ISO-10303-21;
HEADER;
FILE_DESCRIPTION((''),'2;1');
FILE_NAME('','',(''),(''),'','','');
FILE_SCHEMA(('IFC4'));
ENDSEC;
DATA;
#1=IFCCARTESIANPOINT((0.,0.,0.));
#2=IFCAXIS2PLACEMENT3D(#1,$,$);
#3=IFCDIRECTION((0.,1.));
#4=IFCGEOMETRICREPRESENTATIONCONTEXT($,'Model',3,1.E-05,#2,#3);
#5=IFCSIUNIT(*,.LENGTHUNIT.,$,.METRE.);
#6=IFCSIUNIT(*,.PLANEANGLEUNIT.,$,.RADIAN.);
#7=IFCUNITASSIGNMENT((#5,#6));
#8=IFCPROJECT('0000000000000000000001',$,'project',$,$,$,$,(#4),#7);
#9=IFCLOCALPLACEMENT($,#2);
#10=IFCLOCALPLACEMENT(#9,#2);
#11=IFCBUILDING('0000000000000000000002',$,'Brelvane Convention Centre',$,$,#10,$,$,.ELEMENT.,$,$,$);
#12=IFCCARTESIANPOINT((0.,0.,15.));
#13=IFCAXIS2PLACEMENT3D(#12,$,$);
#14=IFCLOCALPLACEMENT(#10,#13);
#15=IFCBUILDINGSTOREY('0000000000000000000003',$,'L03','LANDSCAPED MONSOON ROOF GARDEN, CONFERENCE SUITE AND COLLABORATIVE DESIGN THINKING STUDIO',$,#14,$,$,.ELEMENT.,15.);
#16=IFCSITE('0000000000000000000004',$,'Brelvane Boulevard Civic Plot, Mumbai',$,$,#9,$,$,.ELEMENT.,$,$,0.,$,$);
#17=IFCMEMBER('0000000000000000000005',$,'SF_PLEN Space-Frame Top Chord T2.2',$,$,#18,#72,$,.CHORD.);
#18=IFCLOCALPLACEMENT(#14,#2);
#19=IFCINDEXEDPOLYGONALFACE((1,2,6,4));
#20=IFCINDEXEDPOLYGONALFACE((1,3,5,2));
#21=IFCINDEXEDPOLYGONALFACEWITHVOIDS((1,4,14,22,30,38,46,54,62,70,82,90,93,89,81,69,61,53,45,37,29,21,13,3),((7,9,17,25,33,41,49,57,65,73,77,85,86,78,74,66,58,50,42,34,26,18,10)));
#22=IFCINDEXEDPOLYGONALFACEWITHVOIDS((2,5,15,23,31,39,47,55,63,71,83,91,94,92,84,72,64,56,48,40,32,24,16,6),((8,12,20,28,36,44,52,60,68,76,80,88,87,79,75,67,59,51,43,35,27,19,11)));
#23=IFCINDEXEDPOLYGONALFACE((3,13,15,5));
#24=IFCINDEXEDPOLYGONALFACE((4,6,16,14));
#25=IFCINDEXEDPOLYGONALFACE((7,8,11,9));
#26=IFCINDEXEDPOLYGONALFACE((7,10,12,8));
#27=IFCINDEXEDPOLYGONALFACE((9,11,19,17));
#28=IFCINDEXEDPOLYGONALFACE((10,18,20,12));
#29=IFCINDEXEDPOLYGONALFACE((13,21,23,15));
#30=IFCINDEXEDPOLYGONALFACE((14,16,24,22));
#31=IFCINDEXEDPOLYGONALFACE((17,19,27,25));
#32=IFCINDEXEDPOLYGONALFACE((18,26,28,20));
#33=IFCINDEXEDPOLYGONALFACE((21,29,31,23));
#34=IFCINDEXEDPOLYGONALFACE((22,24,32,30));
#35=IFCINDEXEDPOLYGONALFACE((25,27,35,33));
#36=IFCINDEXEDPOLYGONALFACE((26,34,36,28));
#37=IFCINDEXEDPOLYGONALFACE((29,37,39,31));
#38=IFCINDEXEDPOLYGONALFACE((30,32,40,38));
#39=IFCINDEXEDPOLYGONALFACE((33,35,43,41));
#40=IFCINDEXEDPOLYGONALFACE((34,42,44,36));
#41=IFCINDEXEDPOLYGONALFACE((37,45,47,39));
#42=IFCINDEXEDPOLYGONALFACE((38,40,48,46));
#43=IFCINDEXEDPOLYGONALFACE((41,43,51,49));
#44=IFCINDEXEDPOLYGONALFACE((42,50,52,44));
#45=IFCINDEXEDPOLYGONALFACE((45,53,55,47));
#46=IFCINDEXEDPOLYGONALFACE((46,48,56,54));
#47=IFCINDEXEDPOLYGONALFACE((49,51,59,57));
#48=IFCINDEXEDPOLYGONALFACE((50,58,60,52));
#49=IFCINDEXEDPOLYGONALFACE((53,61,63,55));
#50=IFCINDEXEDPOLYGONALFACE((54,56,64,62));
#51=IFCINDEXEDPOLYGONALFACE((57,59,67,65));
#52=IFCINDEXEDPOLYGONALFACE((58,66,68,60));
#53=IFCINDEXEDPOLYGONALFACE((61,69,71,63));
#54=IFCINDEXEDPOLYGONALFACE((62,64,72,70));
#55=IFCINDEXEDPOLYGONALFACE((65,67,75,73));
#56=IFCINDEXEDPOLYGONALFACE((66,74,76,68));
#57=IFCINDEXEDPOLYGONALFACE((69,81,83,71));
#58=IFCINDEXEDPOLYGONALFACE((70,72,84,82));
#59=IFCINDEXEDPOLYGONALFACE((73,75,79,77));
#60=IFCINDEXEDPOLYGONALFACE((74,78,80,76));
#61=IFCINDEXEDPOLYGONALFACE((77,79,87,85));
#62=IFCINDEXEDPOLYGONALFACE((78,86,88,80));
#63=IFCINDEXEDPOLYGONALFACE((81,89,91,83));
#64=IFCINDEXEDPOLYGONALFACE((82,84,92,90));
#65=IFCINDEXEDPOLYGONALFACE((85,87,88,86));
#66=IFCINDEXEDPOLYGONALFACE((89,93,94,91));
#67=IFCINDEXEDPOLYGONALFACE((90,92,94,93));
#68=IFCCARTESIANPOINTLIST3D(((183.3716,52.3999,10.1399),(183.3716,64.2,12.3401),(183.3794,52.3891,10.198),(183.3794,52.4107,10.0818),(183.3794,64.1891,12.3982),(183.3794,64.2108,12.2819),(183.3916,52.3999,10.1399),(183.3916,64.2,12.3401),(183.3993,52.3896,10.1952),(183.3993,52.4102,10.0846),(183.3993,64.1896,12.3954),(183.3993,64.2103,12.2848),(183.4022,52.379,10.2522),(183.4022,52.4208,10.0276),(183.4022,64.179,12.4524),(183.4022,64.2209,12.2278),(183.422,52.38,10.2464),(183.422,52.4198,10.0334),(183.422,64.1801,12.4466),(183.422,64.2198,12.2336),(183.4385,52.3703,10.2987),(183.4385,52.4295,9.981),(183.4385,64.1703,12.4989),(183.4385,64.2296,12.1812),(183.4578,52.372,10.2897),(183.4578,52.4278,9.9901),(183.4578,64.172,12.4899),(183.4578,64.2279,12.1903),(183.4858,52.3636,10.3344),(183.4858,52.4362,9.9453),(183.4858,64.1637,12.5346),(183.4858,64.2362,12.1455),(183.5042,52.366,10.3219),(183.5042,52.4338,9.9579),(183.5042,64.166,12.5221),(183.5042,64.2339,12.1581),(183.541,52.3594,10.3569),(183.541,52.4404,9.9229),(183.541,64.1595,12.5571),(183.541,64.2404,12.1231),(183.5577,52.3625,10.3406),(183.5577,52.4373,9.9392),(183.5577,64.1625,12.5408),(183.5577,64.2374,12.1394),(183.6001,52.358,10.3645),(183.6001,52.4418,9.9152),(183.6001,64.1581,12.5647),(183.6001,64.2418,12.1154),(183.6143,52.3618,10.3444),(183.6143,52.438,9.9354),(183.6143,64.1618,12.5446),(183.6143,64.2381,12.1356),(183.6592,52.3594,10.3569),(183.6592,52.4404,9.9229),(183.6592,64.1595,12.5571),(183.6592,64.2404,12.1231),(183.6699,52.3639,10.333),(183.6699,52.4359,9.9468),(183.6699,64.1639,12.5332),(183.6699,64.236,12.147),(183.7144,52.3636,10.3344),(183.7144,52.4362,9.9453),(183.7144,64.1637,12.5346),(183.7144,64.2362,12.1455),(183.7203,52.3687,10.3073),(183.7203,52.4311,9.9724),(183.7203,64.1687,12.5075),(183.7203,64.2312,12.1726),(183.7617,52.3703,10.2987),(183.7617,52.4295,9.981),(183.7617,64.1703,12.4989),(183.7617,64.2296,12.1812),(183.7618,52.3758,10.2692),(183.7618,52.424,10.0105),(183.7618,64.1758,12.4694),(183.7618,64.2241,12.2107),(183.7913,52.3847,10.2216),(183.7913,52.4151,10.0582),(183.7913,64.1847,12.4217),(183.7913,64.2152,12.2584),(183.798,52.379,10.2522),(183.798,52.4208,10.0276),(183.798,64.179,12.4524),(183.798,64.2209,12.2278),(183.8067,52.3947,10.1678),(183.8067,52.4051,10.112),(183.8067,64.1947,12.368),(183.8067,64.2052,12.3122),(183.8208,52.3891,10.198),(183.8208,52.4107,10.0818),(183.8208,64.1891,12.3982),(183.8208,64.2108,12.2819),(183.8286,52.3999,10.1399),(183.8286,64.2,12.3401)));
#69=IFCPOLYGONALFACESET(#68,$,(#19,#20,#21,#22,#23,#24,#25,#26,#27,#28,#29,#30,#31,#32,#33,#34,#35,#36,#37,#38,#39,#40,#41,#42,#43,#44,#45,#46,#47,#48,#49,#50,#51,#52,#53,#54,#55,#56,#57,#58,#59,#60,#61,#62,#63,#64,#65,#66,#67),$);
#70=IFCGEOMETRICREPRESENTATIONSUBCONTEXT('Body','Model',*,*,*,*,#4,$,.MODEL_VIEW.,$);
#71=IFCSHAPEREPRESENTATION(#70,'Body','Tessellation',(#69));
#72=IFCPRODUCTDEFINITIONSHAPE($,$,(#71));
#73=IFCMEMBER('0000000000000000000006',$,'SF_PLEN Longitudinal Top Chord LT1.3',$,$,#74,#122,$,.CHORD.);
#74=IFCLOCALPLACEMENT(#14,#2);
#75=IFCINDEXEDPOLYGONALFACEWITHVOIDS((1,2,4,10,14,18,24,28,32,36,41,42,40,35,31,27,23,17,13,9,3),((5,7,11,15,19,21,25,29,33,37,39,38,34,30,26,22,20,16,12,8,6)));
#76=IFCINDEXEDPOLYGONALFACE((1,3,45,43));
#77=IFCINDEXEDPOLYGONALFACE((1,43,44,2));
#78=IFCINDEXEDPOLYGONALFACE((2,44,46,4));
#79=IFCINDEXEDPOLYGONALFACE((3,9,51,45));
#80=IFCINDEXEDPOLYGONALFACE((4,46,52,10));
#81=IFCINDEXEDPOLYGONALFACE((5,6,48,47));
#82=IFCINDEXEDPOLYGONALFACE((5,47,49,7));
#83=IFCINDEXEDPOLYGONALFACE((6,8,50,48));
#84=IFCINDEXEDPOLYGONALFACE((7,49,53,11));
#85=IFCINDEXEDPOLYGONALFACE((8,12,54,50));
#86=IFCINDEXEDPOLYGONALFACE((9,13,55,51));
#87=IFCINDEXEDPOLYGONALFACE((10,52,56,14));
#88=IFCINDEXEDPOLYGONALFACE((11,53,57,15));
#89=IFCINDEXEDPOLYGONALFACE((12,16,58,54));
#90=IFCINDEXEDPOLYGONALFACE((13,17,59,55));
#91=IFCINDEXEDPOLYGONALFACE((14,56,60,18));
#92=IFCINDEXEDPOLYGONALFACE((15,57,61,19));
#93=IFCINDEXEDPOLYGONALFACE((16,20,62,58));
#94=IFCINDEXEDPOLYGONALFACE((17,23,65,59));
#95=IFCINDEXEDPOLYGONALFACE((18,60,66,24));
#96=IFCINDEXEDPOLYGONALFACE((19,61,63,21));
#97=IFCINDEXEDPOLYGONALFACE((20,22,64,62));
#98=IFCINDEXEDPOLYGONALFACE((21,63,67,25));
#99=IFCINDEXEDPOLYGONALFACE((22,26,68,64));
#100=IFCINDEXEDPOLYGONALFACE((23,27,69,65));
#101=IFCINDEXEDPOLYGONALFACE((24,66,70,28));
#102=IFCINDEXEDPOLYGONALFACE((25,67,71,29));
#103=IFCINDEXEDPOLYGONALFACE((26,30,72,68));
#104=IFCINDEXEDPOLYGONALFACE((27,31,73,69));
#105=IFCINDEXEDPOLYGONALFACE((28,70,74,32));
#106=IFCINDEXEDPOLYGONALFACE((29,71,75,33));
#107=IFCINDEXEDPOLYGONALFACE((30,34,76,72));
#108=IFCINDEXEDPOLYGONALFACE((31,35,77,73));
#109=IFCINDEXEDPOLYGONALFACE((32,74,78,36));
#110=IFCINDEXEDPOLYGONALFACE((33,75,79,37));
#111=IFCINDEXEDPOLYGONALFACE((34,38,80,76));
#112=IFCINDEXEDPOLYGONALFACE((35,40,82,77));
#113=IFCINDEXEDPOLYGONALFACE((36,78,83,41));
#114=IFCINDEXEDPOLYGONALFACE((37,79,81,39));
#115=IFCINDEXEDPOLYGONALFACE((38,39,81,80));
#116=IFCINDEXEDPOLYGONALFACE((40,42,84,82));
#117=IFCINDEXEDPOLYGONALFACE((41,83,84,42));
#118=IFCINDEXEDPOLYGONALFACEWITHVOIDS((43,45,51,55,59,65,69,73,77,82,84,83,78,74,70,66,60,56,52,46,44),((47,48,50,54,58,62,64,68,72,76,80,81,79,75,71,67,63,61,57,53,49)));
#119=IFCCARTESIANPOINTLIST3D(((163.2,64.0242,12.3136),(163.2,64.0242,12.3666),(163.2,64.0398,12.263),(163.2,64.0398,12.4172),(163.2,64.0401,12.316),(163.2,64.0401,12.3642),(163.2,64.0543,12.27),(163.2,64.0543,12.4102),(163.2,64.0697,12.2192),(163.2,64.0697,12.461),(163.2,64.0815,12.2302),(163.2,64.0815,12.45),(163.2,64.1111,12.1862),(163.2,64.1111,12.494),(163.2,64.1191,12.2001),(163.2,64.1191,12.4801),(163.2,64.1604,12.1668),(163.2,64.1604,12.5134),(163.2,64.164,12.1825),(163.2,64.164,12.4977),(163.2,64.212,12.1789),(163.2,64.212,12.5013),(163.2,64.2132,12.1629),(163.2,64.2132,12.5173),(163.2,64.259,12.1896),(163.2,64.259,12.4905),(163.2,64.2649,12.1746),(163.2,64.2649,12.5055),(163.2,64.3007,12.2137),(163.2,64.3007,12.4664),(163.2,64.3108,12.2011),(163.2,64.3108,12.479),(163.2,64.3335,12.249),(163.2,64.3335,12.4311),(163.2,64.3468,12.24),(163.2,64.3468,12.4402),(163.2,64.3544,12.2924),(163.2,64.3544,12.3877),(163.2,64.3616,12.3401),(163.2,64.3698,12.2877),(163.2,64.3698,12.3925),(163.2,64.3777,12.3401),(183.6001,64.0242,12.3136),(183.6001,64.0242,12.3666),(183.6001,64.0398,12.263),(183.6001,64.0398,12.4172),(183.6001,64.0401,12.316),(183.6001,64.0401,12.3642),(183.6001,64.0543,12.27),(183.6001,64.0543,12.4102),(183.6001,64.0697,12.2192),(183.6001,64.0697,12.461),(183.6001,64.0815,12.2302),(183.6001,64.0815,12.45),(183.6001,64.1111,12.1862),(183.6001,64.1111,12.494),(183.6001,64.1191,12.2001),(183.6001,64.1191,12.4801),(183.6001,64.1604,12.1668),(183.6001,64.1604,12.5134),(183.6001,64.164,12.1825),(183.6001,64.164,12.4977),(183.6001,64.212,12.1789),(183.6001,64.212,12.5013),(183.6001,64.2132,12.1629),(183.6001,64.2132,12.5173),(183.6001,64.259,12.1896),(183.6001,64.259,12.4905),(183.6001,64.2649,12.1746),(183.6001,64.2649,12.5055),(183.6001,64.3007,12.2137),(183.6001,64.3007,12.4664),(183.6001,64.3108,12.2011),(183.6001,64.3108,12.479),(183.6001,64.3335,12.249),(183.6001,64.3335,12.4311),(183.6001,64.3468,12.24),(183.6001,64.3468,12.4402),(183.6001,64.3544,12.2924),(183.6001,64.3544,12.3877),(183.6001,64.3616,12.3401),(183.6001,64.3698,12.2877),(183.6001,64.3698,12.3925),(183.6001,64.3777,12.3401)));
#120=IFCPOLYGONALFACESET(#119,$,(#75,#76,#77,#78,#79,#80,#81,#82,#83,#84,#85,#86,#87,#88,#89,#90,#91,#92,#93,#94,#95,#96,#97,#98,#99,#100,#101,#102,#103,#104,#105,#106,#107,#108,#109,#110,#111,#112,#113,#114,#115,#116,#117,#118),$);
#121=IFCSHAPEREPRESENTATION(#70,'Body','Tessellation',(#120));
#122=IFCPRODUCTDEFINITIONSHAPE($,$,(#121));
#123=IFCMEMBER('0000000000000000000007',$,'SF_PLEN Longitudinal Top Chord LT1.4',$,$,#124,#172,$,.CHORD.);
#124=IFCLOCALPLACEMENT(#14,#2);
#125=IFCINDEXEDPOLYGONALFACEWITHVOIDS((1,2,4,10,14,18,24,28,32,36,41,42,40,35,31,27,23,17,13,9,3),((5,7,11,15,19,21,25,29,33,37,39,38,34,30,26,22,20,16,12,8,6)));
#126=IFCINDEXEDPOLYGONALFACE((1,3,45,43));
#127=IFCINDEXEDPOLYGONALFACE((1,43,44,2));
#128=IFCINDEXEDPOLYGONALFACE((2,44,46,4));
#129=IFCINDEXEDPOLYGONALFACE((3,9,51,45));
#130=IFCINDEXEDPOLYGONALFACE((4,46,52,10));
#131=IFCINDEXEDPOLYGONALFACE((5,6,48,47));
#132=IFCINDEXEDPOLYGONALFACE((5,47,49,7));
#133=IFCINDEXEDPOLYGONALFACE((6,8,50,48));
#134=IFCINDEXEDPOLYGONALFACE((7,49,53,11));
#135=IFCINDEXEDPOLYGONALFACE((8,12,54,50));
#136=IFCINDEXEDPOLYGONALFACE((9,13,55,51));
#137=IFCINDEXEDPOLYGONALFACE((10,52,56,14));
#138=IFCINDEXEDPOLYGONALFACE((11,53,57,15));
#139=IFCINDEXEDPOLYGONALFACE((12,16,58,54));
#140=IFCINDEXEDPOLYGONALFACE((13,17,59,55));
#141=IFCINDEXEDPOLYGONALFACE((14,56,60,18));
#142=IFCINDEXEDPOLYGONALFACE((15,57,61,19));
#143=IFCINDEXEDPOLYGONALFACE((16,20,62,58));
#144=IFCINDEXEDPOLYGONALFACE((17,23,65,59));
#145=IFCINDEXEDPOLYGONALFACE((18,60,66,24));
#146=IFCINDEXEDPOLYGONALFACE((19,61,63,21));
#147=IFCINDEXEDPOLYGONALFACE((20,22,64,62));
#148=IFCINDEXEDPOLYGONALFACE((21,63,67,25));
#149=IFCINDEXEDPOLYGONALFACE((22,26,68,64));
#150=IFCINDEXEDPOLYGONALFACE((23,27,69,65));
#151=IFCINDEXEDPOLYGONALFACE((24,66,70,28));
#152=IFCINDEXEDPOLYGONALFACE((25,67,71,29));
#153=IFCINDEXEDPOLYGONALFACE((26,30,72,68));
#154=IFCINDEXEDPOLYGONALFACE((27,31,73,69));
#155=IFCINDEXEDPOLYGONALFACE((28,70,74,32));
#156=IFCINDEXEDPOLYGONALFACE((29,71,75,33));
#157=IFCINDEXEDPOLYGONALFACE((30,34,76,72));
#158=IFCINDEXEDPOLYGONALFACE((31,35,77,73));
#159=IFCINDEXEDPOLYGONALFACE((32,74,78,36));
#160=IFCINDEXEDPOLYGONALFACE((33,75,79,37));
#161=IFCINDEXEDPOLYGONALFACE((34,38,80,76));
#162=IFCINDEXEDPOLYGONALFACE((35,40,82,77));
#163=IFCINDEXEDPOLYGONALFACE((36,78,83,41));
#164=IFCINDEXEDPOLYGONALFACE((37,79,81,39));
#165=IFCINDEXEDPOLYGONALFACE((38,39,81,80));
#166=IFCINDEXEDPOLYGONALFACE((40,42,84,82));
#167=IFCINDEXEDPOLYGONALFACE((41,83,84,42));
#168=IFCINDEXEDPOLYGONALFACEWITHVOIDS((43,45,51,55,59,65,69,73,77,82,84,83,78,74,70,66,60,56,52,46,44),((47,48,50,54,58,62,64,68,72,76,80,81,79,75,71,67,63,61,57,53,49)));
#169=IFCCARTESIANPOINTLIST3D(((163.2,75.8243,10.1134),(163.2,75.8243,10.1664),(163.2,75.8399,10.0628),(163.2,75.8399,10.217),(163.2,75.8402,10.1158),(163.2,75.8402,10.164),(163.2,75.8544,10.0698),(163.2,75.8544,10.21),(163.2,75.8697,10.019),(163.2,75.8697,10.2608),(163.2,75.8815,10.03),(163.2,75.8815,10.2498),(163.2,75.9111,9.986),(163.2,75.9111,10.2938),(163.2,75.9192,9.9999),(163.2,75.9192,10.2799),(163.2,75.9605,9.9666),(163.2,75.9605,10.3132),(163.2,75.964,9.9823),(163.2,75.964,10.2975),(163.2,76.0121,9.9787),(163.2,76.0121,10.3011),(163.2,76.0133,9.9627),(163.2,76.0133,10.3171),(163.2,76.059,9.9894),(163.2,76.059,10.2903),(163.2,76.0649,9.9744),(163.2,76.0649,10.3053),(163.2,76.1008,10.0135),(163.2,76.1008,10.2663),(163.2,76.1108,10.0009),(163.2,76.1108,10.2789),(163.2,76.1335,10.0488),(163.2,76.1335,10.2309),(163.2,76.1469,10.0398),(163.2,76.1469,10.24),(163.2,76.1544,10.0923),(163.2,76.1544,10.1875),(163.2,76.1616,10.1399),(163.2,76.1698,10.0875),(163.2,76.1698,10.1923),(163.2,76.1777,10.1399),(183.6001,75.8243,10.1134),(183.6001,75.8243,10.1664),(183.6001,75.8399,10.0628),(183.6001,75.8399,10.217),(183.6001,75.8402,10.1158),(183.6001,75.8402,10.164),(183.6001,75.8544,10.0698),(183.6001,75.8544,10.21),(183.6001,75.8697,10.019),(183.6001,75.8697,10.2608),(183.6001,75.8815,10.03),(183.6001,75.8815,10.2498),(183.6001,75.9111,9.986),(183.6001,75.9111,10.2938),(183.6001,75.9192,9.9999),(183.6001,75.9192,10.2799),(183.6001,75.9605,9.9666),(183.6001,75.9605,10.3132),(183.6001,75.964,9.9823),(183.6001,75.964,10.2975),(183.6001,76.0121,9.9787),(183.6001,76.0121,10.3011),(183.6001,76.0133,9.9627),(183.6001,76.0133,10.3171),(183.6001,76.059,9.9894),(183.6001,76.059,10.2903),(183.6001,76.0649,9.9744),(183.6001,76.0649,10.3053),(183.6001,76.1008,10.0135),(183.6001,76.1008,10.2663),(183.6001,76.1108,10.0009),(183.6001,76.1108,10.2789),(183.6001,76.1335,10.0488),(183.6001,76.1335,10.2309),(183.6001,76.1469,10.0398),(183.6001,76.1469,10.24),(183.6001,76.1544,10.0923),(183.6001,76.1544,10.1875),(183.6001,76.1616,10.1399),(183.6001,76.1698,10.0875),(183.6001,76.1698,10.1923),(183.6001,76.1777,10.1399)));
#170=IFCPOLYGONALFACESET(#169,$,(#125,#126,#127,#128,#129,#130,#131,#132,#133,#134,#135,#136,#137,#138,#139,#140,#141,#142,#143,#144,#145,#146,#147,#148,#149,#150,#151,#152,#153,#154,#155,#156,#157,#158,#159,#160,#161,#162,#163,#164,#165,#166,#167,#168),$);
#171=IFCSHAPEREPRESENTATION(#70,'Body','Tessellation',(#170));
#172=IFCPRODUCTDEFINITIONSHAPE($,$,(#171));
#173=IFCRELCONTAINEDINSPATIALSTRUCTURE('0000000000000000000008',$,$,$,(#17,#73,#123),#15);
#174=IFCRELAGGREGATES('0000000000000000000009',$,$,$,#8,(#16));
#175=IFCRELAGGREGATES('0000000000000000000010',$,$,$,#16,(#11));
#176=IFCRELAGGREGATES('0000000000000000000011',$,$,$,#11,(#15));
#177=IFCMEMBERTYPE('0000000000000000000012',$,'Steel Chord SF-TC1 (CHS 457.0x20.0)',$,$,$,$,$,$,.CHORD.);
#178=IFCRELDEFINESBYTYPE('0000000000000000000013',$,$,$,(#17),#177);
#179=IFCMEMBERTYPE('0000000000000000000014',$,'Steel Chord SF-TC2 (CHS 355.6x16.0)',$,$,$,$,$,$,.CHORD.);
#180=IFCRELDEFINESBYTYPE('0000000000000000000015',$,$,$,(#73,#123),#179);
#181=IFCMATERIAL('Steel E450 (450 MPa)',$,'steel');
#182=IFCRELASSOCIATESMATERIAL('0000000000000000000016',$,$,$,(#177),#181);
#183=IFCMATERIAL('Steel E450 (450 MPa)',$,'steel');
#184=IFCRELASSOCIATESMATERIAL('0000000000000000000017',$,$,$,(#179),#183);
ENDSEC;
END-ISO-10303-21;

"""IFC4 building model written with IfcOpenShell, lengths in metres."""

from ifc_helpers import new_model, si_unit, direction, frame, origin, origin_2d, place, context, subcontext, project, spatial, hollow_circle, extrude, material, material_profile, profile_set, type_object, element, save


model = new_model("IFC4")

# Units and contexts
model_context = context("Model", 3, precision=1e-05, world=origin(), true_north=direction((0.0, 1.0)))
body_context = subcontext(model_context, "Body", "Model", "MODEL_VIEW")
ifc_project = project(units=[si_unit("LENGTHUNIT", "METRE"), si_unit("PLANEANGLEUNIT", "RADIAN")], contexts=[model_context])

# Site, building, storey
site_placement = place(None, origin())
site = spatial("IfcSite", under=ifc_project, at=site_placement, Name="Brelvane Boulevard Civic Plot, Mumbai", CompositionType="ELEMENT", RefElevation=0.0)
building_placement = place(site_placement, origin())
building = spatial("IfcBuilding", under=site, at=building_placement, Name="Brelvane Convention Centre", CompositionType="ELEMENT")
storey_placement = place(building_placement, frame((0.0, 0.0, 15.0)))
storey = spatial("IfcBuildingStorey", under=building, at=storey_placement, Name="L03", Description="LANDSCAPED MONSOON ROOF GARDEN, CONFERENCE SUITE AND COLLABORATIVE DESIGN THINKING STUDIO", CompositionType="ELEMENT", Elevation=15.0)

# Members
ifc_material_1 = material(Name="Steel E450 (450 MPa)", Category="steel")
ifc_material_profile_1 = material_profile(ifc_material_1, hollow_circle(Radius=0.2285, WallThickness=0.02, at=origin_2d()), Name="CHS 457.0x20.0")
ifc_profile_set_1 = profile_set([ifc_material_profile_1], Name="Steel E450 (450 MPa)")
member_type_1 = type_object("IfcMemberType", Name="Steel Chord SF-TC1 (CHS 457.0x20.0)", PredefinedType="CHORD", material=ifc_profile_set_1)
member_1_placement = place(storey_placement, frame((183.6001, 52.3999, 10.1399), z_axis=(0.0, 0.983058, 0.183297), x_axis=(-1.0, 0.0, 0.0)))
element("IfcMember", 1, at=member_1_placement, inside=storey, type_object=member_type_1, Name="SF_PLEN Space-Frame Top Chord T2.2", PredefinedType="CHORD", context=body_context, shape_type="SweptSolid", body=[
    extrude(hollow_circle(Radius=0.2285, WallThickness=0.02, at=origin_2d()), origin(), (0.0, 0.0, 1.0), 12.0034),
])
ifc_material_2 = material(Name="Steel E450 (450 MPa)", Category="steel")
ifc_material_profile_2 = material_profile(ifc_material_2, hollow_circle(Radius=0.1777, WallThickness=0.0161, at=origin_2d()), Name="CHS 355.6x16.0")
ifc_profile_set_2 = profile_set([ifc_material_profile_2], Name="Steel E450 (450 MPa)")
member_type_2 = type_object("IfcMemberType", Name="Steel Chord SF-TC2 (CHS 355.6x16.0)", PredefinedType="CHORD", material=ifc_profile_set_2)
for number, where, z_axis, x_axis, name in (
    (2, (163.2, 64.2, 12.3401), (1.0, 0.0, 0.0), (0.0, 1.0, 0.0), "SF_PLEN Longitudinal Top Chord LT1.3"),
    (3, (163.2, 76.0, 10.1399), (1.0, 0.0, 0.0), (0.0, 1.0, 0.0), "SF_PLEN Longitudinal Top Chord LT1.4"),
):
    element("IfcMember", number, at=place(storey_placement, frame(where, z_axis=z_axis, x_axis=x_axis)), inside=storey, type_object=member_type_2, Name=name, PredefinedType="CHORD", context=body_context, shape_type="SweptSolid", body=[
        extrude(hollow_circle(Radius=0.1777, WallThickness=0.0161, at=origin_2d()), origin(), (0.0, 0.0, 1.0), 20.4001),
    ])

save(model, "model.ifc")
